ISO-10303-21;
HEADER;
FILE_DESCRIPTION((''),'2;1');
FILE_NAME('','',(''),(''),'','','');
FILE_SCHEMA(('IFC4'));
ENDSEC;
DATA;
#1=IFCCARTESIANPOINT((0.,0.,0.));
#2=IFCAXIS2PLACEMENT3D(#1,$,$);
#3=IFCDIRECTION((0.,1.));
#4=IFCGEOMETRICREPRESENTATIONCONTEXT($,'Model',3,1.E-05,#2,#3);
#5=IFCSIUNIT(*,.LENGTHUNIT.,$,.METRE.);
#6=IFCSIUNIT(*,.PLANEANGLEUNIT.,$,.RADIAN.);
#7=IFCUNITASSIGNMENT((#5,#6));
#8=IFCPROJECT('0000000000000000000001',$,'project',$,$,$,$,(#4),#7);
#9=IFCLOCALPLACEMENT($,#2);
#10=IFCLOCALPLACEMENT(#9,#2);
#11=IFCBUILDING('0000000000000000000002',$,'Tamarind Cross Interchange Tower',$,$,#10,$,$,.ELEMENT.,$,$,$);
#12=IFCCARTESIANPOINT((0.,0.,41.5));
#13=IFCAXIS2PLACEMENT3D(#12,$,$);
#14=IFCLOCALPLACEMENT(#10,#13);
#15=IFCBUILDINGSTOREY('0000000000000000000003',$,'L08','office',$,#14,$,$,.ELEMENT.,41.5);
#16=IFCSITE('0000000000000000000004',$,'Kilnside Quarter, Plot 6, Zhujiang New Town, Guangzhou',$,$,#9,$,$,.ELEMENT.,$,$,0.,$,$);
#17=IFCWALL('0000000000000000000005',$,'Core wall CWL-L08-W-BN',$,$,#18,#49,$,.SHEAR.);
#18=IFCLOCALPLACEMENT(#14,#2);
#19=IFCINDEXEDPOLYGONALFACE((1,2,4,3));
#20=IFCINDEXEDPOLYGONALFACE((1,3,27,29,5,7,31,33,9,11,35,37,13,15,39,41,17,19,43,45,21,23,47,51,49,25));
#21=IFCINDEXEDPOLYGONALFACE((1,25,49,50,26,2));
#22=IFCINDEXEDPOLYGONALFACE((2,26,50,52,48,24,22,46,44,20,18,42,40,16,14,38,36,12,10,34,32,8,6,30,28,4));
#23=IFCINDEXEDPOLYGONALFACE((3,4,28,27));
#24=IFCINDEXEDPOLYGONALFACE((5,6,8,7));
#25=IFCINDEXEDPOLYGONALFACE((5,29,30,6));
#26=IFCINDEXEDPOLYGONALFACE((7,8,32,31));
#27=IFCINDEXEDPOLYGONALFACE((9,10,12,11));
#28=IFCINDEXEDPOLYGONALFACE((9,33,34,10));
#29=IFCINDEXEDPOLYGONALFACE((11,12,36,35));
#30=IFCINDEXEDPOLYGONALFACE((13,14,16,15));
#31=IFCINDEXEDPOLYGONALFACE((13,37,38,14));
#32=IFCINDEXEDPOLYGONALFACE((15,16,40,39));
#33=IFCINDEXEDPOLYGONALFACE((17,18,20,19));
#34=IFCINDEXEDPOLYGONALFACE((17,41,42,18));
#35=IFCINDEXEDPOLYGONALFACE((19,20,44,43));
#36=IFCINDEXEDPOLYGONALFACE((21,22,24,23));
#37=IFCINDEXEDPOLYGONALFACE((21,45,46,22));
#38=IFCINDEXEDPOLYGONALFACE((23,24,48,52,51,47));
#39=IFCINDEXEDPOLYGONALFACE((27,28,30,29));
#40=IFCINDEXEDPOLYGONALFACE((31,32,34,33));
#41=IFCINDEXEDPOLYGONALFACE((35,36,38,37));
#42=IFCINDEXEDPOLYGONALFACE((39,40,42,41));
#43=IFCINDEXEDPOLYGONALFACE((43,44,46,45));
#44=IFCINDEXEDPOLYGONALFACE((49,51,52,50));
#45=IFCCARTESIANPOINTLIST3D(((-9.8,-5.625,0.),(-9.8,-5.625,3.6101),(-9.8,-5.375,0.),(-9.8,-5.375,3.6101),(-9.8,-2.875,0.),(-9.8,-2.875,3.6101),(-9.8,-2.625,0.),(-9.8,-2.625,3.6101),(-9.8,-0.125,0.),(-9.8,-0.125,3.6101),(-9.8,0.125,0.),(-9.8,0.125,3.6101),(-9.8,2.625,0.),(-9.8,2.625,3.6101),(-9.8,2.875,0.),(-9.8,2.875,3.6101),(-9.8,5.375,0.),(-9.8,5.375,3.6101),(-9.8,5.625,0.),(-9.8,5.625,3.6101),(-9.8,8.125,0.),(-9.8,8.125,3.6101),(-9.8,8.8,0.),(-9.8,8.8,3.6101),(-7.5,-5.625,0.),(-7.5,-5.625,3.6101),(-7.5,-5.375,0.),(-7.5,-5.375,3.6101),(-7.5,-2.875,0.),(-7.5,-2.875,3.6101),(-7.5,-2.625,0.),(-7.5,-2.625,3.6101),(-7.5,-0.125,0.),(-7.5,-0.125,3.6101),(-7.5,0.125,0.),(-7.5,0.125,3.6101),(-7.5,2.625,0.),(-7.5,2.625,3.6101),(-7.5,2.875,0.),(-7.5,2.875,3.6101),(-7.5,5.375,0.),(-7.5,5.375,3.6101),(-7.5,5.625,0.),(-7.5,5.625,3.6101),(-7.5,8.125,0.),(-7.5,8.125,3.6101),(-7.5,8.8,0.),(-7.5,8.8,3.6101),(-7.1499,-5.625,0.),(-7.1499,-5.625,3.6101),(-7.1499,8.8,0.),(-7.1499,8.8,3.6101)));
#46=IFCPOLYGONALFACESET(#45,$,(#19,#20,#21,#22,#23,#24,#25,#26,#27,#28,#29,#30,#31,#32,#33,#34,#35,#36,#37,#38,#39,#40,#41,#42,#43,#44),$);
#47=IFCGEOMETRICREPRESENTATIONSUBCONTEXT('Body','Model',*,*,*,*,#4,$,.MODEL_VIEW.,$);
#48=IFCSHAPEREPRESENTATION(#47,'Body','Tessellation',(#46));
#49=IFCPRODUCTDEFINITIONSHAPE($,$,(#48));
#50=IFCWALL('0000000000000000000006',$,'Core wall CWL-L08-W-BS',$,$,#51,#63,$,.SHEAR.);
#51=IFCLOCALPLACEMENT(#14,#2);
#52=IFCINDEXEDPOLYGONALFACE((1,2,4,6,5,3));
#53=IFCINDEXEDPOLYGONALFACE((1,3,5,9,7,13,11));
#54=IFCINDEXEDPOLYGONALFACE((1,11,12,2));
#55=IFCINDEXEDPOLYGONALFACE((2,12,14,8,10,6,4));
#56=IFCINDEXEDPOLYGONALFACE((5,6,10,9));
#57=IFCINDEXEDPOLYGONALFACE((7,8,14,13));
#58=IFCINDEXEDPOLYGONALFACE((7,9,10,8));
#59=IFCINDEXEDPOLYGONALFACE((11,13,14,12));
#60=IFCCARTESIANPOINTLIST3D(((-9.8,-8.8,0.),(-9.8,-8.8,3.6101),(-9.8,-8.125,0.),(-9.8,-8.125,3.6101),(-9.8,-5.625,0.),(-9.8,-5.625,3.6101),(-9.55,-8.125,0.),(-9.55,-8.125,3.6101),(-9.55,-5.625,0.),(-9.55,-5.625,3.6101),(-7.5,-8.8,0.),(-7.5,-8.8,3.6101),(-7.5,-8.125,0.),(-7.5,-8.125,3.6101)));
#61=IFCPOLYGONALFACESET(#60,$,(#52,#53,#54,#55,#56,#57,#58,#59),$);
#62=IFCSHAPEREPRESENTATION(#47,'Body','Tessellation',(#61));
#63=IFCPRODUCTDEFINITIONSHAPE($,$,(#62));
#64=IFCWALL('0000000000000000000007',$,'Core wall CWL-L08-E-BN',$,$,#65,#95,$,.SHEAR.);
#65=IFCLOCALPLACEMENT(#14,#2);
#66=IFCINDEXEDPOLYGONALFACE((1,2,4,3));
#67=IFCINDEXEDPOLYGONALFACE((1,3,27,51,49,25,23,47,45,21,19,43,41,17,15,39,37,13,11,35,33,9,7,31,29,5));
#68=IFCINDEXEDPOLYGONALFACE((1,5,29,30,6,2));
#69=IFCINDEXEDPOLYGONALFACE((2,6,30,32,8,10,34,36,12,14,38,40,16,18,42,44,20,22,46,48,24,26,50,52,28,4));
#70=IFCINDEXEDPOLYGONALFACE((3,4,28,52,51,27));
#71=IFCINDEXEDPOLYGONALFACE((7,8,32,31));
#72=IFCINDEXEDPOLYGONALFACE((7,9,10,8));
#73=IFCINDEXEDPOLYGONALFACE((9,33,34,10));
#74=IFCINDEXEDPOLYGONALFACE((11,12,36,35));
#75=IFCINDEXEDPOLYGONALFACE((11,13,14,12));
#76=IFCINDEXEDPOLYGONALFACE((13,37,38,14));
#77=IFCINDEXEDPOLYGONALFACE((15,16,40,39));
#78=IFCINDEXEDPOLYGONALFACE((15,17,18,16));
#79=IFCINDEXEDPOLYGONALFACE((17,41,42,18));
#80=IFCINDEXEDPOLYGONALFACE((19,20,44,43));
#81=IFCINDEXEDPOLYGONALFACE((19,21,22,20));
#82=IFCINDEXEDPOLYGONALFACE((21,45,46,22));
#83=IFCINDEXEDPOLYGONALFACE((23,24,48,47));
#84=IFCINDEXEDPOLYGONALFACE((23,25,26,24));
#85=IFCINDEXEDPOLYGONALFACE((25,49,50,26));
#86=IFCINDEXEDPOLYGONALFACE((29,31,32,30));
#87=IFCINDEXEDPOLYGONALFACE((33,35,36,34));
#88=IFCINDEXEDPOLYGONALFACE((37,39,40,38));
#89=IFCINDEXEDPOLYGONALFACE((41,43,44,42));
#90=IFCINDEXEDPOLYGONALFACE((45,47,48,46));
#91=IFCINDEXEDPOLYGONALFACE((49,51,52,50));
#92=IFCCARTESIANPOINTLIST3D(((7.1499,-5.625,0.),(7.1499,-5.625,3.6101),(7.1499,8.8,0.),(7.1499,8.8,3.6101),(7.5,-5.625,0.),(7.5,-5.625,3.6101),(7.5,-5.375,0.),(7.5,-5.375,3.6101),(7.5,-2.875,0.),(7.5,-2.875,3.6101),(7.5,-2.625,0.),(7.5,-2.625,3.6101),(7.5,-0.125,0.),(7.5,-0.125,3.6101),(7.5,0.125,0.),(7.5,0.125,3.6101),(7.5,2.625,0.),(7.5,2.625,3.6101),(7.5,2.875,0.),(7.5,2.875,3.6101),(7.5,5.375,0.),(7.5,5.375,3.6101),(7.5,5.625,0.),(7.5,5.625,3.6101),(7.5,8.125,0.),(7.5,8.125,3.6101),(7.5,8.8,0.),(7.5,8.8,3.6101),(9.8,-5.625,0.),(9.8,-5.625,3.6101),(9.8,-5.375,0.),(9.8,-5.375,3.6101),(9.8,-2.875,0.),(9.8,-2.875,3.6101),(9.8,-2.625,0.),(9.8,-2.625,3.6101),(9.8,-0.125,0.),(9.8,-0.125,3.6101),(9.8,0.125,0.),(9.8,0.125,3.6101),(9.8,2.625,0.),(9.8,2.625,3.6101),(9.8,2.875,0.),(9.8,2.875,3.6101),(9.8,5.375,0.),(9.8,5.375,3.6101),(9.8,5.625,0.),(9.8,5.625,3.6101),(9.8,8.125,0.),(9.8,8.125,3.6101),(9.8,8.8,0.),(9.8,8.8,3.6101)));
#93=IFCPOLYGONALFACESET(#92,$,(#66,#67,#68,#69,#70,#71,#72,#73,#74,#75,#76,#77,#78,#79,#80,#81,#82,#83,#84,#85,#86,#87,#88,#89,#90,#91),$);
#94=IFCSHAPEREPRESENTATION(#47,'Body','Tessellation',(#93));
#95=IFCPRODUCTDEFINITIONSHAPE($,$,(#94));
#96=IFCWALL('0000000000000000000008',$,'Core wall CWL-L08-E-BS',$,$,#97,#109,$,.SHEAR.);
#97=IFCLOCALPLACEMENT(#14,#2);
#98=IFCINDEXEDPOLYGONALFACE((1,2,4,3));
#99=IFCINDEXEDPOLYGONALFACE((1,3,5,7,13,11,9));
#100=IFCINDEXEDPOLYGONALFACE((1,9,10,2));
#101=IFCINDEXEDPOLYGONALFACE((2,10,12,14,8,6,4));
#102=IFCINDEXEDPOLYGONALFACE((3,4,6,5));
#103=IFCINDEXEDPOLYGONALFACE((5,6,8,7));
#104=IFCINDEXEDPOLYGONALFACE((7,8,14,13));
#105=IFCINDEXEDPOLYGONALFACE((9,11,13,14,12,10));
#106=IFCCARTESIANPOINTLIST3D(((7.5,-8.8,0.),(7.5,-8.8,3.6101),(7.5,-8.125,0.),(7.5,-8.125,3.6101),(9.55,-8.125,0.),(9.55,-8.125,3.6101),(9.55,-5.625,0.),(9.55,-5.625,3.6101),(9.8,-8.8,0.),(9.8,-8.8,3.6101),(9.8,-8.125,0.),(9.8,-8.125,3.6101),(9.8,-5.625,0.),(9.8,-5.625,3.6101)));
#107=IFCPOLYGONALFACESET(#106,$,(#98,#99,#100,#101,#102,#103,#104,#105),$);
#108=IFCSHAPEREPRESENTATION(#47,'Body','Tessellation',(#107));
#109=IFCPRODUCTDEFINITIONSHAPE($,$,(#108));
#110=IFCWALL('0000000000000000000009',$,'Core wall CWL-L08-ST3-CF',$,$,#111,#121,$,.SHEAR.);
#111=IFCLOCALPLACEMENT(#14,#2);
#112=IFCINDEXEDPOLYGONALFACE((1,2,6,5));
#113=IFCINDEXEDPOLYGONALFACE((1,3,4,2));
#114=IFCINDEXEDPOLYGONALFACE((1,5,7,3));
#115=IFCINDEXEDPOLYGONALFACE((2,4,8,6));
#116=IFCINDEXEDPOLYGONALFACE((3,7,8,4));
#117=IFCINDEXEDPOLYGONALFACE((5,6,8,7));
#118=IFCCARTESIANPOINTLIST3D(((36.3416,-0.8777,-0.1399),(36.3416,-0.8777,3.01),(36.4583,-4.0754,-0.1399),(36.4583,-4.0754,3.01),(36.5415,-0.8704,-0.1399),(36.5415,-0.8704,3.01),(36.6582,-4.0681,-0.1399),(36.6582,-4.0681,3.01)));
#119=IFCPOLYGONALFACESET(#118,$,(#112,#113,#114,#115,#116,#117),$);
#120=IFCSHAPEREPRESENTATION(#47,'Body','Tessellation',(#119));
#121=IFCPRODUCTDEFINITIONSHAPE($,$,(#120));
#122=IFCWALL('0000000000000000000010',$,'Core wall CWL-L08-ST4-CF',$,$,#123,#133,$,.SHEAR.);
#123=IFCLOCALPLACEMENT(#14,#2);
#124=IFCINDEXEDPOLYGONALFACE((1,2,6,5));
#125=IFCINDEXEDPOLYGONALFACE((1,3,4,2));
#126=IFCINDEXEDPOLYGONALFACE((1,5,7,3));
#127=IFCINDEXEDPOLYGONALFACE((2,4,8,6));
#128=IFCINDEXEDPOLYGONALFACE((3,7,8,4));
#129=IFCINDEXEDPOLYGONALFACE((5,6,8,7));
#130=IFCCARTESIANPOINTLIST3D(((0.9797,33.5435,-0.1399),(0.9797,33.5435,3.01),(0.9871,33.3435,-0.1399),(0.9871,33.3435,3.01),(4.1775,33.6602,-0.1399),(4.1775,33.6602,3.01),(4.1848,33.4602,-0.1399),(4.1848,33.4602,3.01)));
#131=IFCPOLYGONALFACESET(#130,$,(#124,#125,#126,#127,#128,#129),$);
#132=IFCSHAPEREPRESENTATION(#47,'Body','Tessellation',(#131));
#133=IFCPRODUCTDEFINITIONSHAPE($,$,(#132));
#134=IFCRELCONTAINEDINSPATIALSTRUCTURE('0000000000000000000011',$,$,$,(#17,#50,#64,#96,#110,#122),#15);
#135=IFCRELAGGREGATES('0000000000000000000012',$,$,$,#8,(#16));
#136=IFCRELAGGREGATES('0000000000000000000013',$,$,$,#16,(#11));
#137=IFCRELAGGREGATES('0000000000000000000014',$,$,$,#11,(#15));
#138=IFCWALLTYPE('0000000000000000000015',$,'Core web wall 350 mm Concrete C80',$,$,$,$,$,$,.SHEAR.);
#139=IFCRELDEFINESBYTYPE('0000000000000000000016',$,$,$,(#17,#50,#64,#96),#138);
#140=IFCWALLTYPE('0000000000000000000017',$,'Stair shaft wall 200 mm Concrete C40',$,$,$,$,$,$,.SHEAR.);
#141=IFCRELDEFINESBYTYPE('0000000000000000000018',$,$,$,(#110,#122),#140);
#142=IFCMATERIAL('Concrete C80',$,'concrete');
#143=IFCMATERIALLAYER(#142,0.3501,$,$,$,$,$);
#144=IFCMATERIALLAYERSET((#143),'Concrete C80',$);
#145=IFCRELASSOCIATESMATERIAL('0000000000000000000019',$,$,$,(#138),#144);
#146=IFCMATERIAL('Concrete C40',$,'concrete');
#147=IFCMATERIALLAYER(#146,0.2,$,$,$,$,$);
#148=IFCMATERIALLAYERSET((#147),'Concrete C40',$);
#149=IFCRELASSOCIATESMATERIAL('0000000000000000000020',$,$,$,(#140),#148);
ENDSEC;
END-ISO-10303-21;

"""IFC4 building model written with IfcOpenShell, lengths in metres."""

from ifc_helpers import new_model, si_unit, direction, frame, origin, place, context, subcontext, project, spatial, polyline, outline, extrude, material, layer, layer_set, type_object, element, save


model = new_model("IFC4")

# Units and contexts
model_context = context("Model", 3, precision=1e-05, world=origin(), true_north=direction((0.0, 1.0)))
body_context = subcontext(model_context, "Body", "Model", "MODEL_VIEW")
ifc_project = project(units=[si_unit("LENGTHUNIT", "METRE"), si_unit("PLANEANGLEUNIT", "RADIAN")], contexts=[model_context])

# Site, building, storey
site_placement = place(None, origin())
site = spatial("IfcSite", under=ifc_project, at=site_placement, Name="Kilnside Quarter, Plot 6, Zhujiang New Town, Guangzhou", CompositionType="ELEMENT", RefElevation=0.0)
building_placement = place(site_placement, origin())
building = spatial("IfcBuilding", under=site, at=building_placement, Name="Tamarind Cross Interchange Tower", CompositionType="ELEMENT")
storey_placement = place(building_placement, frame((0.0, 0.0, 41.5)))
storey = spatial("IfcBuildingStorey", under=building, at=storey_placement, Name="L08", Description="office", CompositionType="ELEMENT", Elevation=41.5)

# Shared definitions
ifc_material_1 = material(Name="Concrete C40", Category="concrete")

# Walls
ifc_material_2 = material(Name="Concrete C80", Category="concrete")
ifc_layer_1 = layer(ifc_material_2, 0.3501)
ifc_layer_set_1 = layer_set([ifc_layer_1], Name="Concrete C80")
wall_type_1 = type_object("IfcWallType", Name="Core web wall 350 mm Concrete C80", PredefinedType="SHEAR", material=ifc_layer_set_1)
wall_1_placement = place(storey_placement, origin())
element("IfcWall", 1, at=wall_1_placement, inside=storey, type_object=wall_type_1, Name="Core wall CWL-L08-W-BN", PredefinedType="SHEAR", context=body_context, shape_type="SweptSolid", body=[
    extrude(outline(polyline([(-9.8, -5.375), (-9.8, -5.625), (-7.5, -5.625), (-7.1499, -5.625), (-7.1499, 8.8), (-7.5, 8.8), (-9.8, 8.8), (-9.8, 8.125), (-7.5, 8.125), (-7.5, 5.625), (-9.8, 5.625), (-9.8, 5.375), (-7.5, 5.375), (-7.5, 2.875), (-9.8, 2.875), (-9.8, 2.625), (-7.5, 2.625), (-7.5, 0.125), (-9.8, 0.125), (-9.8, -0.125), (-7.5, -0.125), (-7.5, -2.625), (-9.8, -2.625), (-9.8, -2.875), (-7.5, -2.875), (-7.5, -5.375), (-9.8, -5.375)])), origin(), (0.0, 0.0, 1.0), 3.6101),
])
wall_2_placement = place(storey_placement, origin())
element("IfcWall", 2, at=wall_2_placement, inside=storey, type_object=wall_type_1, Name="Core wall CWL-L08-W-BS", PredefinedType="SHEAR", context=body_context, shape_type="SweptSolid", body=[
    extrude(outline(polyline([(-7.5, -8.125), (-9.55, -8.125), (-9.55, -5.625), (-9.8, -5.625), (-9.8, -8.125), (-9.8, -8.8), (-7.5, -8.8), (-7.5, -8.125)])), origin(), (0.0, 0.0, 1.0), 3.6101),
])
wall_3_placement = place(storey_placement, origin())
element("IfcWall", 3, at=wall_3_placement, inside=storey, type_object=wall_type_1, Name="Core wall CWL-L08-E-BN", PredefinedType="SHEAR", context=body_context, shape_type="SweptSolid", body=[
    extrude(outline(polyline([(9.8, -5.375), (7.5, -5.375), (7.5, -2.875), (9.8, -2.875), (9.8, -2.625), (7.5, -2.625), (7.5, -0.125), (9.8, -0.125), (9.8, 0.125), (7.5, 0.125), (7.5, 2.625), (9.8, 2.625), (9.8, 2.875), (7.5, 2.875), (7.5, 5.375), (9.8, 5.375), (9.8, 5.625), (7.5, 5.625), (7.5, 8.125), (9.8, 8.125), (9.8, 8.8), (7.5, 8.8), (7.1499, 8.8), (7.1499, -5.625), (7.5, -5.625), (9.8, -5.625), (9.8, -5.375)])), origin(), (0.0, 0.0, 1.0), 3.6101),
])
wall_4_placement = place(storey_placement, origin())
element("IfcWall", 4, at=wall_4_placement, inside=storey, type_object=wall_type_1, Name="Core wall CWL-L08-E-BS", PredefinedType="SHEAR", context=body_context, shape_type="SweptSolid", body=[
    extrude(outline(polyline([(7.5, -8.125), (7.5, -8.8), (9.8, -8.8), (9.8, -8.125), (9.8, -5.625), (9.55, -5.625), (9.55, -8.125), (7.5, -8.125)])), origin(), (0.0, 0.0, 1.0), 3.6101),
])
ifc_layer_2 = layer(ifc_material_1, 0.2)
ifc_layer_set_2 = layer_set([ifc_layer_2], Name="Concrete C40")
wall_type_2 = type_object("IfcWallType", Name="Stair shaft wall 200 mm Concrete C40", PredefinedType="SHEAR", material=ifc_layer_set_2)
wall_5_placement = place(storey_placement, frame((0.0, 0.0, -0.1399)))
element("IfcWall", 5, at=wall_5_placement, inside=storey, type_object=wall_type_2, Name="Core wall CWL-L08-ST3-CF", PredefinedType="SHEAR", context=body_context, shape_type="SweptSolid", body=[
    extrude(outline(polyline([(36.4583, -4.0754), (36.6582, -4.0681), (36.5415, -0.8704), (36.3416, -0.8777), (36.4583, -4.0754)])), origin(), (0.0, 0.0, 1.0), 3.1499),
])
wall_6_placement = place(storey_placement, frame((0.0, 0.0, -0.1399)))
element("IfcWall", 6, at=wall_6_placement, inside=storey, type_object=wall_type_2, Name="Core wall CWL-L08-ST4-CF", PredefinedType="SHEAR", context=body_context, shape_type="SweptSolid", body=[
    extrude(outline(polyline([(4.1848, 33.4602), (4.1775, 33.6602), (0.9797, 33.5435), (0.9871, 33.3435), (4.1848, 33.4602)])), origin(), (0.0, 0.0, 1.0), 3.1499),
])

save(model, "model.ifc")
